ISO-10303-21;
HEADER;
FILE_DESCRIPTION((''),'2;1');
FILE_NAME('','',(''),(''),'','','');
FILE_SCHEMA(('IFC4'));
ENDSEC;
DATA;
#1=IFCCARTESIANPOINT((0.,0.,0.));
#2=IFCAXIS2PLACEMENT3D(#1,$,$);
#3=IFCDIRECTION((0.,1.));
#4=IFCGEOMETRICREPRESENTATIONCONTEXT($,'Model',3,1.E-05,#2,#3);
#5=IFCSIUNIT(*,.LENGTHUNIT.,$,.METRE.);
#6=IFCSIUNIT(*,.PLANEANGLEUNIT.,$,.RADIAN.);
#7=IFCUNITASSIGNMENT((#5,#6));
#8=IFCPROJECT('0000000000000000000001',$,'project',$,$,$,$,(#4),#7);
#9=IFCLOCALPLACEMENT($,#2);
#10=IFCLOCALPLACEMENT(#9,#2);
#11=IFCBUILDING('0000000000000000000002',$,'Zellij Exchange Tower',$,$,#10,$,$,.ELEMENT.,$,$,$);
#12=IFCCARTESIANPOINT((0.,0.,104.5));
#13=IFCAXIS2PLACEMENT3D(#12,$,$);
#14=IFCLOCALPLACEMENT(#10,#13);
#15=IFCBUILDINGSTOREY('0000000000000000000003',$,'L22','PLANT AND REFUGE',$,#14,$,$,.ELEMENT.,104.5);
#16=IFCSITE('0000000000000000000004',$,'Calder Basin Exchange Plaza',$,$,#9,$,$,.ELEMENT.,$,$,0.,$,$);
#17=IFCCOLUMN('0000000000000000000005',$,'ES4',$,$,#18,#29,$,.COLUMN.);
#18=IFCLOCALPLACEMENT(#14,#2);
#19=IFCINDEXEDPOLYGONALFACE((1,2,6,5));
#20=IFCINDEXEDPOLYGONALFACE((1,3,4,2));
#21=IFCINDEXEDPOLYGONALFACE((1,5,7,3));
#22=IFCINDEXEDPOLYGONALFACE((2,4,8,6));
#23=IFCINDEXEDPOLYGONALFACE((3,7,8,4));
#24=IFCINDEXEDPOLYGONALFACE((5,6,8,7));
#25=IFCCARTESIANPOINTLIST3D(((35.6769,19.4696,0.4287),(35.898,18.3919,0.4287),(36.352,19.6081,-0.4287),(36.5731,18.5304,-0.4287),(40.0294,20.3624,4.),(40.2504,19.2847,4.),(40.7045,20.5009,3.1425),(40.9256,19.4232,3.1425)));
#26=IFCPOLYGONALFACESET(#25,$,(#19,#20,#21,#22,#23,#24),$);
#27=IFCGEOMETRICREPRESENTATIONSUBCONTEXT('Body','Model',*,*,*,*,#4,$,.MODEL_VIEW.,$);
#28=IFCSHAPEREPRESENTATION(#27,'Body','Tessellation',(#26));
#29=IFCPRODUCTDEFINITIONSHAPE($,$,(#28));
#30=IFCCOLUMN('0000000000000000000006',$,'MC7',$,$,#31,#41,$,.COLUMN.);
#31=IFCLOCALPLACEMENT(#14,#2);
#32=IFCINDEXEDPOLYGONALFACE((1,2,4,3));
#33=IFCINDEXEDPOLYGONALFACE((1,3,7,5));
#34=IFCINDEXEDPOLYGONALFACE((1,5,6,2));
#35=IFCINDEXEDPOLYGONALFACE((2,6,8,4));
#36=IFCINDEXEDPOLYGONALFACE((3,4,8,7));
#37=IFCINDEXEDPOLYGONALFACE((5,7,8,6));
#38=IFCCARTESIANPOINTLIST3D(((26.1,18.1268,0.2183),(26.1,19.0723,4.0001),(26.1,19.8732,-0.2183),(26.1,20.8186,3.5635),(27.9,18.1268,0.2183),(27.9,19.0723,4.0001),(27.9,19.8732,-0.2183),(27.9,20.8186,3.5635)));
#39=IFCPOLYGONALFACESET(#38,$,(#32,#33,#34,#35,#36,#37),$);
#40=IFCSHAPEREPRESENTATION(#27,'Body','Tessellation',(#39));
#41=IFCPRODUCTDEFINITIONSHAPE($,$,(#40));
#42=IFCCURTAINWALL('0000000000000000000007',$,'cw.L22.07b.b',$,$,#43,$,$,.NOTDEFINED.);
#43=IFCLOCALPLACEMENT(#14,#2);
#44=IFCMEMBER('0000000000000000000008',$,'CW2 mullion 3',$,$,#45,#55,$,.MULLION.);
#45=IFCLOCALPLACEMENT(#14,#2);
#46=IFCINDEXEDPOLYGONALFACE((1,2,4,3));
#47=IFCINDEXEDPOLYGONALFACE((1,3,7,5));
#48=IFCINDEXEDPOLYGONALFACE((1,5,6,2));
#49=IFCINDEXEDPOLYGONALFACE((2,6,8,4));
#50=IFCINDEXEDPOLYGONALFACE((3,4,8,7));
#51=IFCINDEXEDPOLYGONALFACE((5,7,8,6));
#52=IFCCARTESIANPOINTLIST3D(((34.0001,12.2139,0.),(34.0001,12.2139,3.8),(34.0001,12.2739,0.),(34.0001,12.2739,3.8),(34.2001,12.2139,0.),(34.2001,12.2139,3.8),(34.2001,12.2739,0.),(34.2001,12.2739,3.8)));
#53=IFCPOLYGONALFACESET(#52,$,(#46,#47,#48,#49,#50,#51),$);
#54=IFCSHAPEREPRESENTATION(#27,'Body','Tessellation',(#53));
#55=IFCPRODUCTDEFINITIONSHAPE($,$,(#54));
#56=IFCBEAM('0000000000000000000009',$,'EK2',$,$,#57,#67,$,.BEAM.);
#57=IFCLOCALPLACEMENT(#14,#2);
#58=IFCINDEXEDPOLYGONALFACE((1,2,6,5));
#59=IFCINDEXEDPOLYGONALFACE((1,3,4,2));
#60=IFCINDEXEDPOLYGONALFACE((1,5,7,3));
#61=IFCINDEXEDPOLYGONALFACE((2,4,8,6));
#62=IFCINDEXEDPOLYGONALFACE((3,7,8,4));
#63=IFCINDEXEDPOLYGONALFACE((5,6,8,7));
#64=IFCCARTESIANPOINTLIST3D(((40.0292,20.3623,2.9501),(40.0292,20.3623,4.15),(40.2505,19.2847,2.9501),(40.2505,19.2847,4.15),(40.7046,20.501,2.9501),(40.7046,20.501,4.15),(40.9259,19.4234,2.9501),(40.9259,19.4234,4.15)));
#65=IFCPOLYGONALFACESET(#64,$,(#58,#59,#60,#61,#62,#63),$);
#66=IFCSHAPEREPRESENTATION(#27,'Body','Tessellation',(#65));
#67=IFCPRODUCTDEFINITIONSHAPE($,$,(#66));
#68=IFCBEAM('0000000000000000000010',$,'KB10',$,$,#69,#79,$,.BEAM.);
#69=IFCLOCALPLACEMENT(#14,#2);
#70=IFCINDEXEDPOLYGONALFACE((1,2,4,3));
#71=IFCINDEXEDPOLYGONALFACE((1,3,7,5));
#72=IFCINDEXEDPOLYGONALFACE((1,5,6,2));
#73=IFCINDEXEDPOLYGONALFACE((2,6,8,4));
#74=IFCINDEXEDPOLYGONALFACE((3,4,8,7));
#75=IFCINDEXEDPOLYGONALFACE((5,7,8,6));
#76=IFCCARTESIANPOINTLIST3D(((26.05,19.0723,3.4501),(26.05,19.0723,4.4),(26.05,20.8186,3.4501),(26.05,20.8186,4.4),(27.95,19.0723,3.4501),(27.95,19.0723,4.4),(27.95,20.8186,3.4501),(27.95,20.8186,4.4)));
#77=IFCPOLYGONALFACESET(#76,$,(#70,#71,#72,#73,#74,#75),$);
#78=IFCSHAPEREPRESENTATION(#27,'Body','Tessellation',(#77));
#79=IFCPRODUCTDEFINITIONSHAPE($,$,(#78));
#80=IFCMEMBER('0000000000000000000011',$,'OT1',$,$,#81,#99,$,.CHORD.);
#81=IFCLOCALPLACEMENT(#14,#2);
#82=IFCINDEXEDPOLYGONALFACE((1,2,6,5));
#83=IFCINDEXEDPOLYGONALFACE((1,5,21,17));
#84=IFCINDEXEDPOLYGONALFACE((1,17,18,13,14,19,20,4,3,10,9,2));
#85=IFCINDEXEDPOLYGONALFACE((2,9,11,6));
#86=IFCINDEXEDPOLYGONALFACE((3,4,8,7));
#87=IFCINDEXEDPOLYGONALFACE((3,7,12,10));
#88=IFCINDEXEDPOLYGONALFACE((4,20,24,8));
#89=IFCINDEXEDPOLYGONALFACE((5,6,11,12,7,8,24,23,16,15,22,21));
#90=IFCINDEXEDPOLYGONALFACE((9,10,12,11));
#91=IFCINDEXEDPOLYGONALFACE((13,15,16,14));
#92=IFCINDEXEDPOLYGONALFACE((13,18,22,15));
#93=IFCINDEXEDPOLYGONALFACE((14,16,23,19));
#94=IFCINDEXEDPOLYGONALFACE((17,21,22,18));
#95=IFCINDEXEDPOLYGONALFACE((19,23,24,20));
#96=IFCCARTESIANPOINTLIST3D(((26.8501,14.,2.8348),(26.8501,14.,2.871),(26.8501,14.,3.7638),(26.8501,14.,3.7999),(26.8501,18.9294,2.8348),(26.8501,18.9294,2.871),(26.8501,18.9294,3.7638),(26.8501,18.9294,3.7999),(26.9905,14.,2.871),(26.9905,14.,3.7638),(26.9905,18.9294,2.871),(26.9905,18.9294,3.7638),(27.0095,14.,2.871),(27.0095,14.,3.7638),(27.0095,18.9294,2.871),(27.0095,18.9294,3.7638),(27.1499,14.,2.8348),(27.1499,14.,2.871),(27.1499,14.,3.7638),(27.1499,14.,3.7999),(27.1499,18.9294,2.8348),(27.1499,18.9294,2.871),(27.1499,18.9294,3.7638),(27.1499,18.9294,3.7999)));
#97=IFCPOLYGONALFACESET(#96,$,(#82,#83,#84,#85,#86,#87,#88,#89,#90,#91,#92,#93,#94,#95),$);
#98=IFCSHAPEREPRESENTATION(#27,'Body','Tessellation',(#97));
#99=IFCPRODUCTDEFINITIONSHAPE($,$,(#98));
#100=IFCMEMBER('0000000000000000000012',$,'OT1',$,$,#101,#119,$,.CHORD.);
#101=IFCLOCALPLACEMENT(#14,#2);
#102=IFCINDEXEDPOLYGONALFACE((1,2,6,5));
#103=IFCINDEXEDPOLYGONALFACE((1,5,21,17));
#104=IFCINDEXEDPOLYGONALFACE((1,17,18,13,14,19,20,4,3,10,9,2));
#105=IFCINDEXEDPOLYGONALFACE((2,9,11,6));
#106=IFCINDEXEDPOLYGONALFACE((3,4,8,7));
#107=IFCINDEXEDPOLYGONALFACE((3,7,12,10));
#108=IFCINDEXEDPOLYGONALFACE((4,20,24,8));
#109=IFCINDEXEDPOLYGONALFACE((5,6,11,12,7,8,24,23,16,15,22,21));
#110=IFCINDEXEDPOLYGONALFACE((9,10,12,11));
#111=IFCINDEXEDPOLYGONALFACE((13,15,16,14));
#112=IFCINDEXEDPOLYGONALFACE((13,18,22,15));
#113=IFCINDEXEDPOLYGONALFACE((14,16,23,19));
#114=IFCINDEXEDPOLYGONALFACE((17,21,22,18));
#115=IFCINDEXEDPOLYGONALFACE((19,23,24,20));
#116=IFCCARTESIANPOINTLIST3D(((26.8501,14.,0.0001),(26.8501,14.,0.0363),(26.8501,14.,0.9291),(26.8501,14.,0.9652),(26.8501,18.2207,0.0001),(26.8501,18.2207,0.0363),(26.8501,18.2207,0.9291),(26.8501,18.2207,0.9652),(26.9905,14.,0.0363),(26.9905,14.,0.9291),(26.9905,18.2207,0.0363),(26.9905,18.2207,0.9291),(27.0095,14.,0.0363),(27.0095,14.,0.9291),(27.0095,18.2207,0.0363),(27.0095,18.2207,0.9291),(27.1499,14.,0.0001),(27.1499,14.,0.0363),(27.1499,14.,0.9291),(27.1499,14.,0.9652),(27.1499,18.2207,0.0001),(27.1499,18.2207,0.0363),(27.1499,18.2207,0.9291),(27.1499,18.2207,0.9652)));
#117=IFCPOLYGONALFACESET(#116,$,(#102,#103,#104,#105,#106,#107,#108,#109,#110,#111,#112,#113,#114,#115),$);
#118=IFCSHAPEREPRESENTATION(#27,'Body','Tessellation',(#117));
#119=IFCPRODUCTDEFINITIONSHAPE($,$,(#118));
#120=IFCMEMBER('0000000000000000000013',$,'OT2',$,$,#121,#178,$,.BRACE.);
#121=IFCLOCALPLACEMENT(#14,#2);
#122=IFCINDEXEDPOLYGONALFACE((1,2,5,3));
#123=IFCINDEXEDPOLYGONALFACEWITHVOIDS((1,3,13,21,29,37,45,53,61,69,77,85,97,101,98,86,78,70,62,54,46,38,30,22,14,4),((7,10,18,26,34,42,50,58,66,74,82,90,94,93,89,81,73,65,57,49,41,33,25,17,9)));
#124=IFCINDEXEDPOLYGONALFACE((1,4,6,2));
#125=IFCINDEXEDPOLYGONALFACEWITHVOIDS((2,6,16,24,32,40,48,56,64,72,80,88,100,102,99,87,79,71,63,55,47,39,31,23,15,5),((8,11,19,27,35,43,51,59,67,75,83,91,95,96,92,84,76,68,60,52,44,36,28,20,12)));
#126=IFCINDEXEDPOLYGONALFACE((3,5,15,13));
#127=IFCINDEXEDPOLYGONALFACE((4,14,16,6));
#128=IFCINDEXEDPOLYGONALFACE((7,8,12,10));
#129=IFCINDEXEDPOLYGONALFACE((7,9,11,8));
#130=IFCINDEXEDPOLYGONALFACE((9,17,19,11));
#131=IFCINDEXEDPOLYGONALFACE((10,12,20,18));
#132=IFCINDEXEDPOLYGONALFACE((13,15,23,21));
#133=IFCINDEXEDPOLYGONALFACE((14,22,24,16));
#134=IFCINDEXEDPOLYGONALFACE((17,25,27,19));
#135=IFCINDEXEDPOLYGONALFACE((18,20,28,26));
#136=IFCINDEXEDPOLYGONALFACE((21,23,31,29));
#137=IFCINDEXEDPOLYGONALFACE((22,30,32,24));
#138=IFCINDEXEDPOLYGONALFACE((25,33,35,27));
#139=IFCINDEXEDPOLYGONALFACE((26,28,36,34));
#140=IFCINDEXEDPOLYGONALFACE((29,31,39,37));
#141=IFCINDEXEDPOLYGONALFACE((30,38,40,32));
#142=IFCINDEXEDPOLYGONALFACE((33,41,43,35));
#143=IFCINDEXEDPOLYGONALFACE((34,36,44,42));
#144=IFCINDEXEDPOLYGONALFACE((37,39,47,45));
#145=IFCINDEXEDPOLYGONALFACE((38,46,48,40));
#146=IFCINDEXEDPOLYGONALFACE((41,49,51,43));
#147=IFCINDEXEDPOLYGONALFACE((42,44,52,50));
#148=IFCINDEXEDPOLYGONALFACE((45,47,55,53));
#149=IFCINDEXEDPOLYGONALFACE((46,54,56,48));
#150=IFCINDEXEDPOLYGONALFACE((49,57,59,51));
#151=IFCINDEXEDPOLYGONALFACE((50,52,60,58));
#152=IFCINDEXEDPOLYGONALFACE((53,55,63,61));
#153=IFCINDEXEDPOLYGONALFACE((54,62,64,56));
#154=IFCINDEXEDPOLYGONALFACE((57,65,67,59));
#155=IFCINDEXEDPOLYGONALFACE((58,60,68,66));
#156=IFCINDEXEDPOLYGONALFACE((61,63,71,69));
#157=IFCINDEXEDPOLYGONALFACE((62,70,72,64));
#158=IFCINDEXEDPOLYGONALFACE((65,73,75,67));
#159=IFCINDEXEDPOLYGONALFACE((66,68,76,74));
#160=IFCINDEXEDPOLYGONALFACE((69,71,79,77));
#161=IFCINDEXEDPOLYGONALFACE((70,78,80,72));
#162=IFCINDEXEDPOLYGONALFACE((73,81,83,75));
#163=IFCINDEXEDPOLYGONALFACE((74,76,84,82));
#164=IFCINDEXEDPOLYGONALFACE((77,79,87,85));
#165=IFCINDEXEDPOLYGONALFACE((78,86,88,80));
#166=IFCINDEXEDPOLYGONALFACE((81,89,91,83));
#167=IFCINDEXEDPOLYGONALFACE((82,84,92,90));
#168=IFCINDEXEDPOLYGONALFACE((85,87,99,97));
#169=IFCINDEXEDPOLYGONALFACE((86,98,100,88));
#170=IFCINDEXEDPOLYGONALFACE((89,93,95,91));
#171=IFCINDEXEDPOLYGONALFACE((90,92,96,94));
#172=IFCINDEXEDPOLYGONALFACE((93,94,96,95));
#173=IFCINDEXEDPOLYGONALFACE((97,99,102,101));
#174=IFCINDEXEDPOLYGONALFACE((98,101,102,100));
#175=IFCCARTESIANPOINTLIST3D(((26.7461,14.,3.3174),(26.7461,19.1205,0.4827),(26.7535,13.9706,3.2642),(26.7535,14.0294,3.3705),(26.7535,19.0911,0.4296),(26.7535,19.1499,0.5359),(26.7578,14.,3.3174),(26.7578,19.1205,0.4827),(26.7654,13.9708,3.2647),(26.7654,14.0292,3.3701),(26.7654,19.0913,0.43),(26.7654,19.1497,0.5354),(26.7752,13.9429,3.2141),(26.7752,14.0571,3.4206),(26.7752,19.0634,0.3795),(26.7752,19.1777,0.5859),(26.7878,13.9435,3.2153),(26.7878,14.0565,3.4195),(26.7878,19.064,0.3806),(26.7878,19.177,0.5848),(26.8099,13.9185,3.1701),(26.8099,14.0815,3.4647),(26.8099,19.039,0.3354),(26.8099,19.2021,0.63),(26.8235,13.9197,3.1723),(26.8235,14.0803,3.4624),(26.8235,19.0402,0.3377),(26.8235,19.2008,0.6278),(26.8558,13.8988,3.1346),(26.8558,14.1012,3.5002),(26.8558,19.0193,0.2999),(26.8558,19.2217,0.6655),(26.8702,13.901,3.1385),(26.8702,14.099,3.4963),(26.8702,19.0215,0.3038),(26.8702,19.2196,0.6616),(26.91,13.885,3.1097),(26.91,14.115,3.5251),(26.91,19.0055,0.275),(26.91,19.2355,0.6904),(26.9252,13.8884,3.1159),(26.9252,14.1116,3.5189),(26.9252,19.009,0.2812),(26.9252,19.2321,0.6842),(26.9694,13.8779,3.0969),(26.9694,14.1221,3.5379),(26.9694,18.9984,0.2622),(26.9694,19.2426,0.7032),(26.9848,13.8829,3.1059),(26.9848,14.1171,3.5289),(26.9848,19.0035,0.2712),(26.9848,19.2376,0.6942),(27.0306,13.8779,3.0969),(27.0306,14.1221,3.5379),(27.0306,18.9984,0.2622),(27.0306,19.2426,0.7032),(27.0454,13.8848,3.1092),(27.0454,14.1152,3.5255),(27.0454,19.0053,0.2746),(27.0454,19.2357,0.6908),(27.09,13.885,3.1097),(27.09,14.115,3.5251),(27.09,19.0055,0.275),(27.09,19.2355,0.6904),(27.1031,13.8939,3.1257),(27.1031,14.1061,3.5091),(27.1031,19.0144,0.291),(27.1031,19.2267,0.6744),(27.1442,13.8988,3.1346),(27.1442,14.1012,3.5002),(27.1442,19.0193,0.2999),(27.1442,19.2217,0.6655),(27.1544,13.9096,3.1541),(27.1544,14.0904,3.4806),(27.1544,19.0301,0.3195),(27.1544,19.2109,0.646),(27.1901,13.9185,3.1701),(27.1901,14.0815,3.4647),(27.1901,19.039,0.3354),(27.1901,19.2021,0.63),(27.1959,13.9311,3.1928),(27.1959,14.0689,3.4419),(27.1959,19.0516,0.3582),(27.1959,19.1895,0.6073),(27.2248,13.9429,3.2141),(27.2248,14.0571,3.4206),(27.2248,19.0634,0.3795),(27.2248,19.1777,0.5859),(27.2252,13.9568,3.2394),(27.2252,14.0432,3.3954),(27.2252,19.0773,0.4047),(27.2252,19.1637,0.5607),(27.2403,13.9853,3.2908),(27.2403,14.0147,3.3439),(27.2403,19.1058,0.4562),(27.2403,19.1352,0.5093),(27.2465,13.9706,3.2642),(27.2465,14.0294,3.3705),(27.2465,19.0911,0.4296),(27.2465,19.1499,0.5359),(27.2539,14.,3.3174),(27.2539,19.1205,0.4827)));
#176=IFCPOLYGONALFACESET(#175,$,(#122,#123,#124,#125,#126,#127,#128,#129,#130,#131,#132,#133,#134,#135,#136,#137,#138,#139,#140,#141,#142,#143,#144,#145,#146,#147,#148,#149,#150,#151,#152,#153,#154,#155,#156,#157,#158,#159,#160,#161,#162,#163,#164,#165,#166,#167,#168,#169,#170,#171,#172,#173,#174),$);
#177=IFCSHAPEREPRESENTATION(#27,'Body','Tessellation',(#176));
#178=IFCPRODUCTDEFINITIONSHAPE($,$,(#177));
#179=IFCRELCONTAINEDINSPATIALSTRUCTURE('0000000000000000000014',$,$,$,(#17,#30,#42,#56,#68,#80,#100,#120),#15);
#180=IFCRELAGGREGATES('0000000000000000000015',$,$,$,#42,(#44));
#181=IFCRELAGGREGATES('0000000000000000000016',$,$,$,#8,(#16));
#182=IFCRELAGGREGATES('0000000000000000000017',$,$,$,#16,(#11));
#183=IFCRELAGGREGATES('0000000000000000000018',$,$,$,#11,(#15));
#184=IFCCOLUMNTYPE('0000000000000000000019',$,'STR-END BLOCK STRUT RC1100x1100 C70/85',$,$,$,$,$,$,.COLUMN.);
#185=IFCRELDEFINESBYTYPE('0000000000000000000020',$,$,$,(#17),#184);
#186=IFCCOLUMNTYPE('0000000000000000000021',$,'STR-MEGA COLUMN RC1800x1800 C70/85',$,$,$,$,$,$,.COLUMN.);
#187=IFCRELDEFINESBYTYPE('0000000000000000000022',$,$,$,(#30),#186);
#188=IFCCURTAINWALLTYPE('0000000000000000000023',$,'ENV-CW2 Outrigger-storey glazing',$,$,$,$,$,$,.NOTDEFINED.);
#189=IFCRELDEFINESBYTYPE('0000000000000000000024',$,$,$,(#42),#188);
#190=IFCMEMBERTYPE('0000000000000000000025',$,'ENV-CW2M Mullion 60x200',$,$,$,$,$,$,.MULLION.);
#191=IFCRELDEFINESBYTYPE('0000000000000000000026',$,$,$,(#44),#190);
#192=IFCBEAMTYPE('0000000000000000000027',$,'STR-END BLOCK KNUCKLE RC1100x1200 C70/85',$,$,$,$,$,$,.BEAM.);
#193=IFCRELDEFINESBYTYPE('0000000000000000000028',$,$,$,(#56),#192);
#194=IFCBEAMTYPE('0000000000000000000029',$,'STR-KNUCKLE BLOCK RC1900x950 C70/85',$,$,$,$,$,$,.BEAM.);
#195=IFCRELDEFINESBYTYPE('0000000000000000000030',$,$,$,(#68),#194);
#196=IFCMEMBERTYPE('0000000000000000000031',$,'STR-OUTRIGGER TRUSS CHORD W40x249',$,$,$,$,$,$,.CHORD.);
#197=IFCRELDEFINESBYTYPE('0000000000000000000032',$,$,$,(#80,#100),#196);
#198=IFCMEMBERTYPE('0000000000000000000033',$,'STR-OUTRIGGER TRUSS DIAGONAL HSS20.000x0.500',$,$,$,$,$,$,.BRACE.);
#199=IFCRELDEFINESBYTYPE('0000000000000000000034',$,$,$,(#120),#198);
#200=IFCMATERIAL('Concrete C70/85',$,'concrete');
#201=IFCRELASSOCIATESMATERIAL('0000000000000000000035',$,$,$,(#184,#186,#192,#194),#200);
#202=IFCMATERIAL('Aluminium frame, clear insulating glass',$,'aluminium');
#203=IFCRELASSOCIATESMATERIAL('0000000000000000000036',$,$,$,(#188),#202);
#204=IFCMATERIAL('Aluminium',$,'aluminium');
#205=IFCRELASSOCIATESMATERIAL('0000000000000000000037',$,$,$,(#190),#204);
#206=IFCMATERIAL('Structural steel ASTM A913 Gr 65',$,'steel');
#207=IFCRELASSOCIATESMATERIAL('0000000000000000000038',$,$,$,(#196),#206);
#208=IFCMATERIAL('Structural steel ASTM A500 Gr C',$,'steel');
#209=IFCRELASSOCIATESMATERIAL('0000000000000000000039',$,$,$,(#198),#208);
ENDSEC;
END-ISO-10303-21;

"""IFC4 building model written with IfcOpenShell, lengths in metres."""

from ifc_helpers import new_model, si_unit, direction, frame, origin, origin_2d, place, context, subcontext, project, spatial, rectangle, hollow_circle, i_section, extrude, clip, halfspace, material, material_profile, profile_set, type_object, element, aggregate, save


model = new_model("IFC4")

# Units and contexts
model_context = context("Model", 3, precision=1e-05, world=origin(), true_north=direction((0.0, 1.0)))
body_context = subcontext(model_context, "Body", "Model", "MODEL_VIEW")
ifc_project = project(units=[si_unit("LENGTHUNIT", "METRE"), si_unit("PLANEANGLEUNIT", "RADIAN")], contexts=[model_context])

# Site, building, storey
site_placement = place(None, origin())
site = spatial("IfcSite", under=ifc_project, at=site_placement, Name="Calder Basin Exchange Plaza", CompositionType="ELEMENT", RefElevation=0.0)
building_placement = place(site_placement, origin())
building = spatial("IfcBuilding", under=site, at=building_placement, Name="Zellij Exchange Tower", CompositionType="ELEMENT")
storey_placement = place(building_placement, frame((0.0, 0.0, 104.5)))
storey = spatial("IfcBuildingStorey", under=building, at=storey_placement, Name="L22", Description="PLANT AND REFUGE", CompositionType="ELEMENT", Elevation=104.5)

# Columns
ifc_material_1 = material(Name="Concrete C70/85", Category="concrete")
ifc_material_profile_1 = material_profile(ifc_material_1, rectangle(XDim=1.1001, YDim=1.1001, at=origin_2d()), Name="STR-END BLOCK STRUT RC1100x1100 C70/85")
ifc_profile_set_1 = profile_set([ifc_material_profile_1], Name="Concrete C70/85")
column_type_1 = type_object("IfcColumnType", Name="STR-END BLOCK STRUT RC1100x1100 C70/85", PredefinedType="COLUMN", material=ifc_profile_set_1)
column_1_placement = place(storey_placement, frame((36.125, 19.0, 0.0), z_axis=(0.763533, 0.156622, 0.626488), x_axis=(-0.200944, 0.979603, 0.0)))
element("IfcColumn", 1, at=column_1_placement, inside=storey, type_object=column_type_1, Name="ES4", PredefinedType="COLUMN", context=body_context, shape_type="Clipping", body=[
    clip(extrude(rectangle(XDim=1.1001, YDim=1.1001, at=origin_2d()), origin(), (0.0, 0.0, 1.0), 6.3848), halfspace(frame((0.0, 0.0, 5.7004)), False)),
])
ifc_material_profile_2 = material_profile(ifc_material_1, rectangle(XDim=1.8, YDim=1.8, at=origin_2d()), Name="STR-MEGA COLUMN RC1800x1800 C70/85")
ifc_profile_set_2 = profile_set([ifc_material_profile_2], Name="Concrete C70/85")
column_type_2 = type_object("IfcColumnType", Name="STR-MEGA COLUMN RC1800x1800 C70/85", PredefinedType="COLUMN", material=ifc_profile_set_2)
column_2_placement = place(storey_placement, frame((27.0, 19.0, 0.0), z_axis=(0.0, 0.242536, 0.970143), x_axis=(-1.0, 0.0, 0.0)))
element("IfcColumn", 2, at=column_2_placement, inside=storey, type_object=column_type_2, Name="MC7", PredefinedType="COLUMN", context=body_context, shape_type="Clipping", body=[
    clip(extrude(rectangle(XDim=1.8, YDim=1.8, at=origin_2d()), origin(), (0.0, 0.0, 1.0), 4.123), halfspace(frame((0.0, 0.0, 3.8982)), False)),
])

# Curtain wall, member
ifc_material_2 = material(Name="Aluminium frame, clear insulating glass", Category="aluminium")
curtain_wall_type = type_object("IfcCurtainWallType", Name="ENV-CW2 Outrigger-storey glazing", PredefinedType="NOTDEFINED", material=ifc_material_2)
curtain_wall_placement = place(storey_placement, origin())
curtain_wall = element("IfcCurtainWall", 3, at=curtain_wall_placement, inside=storey, type_object=curtain_wall_type, Name="cw.L22.07b.b", PredefinedType="NOTDEFINED")
ifc_material_3 = material(Name="Aluminium", Category="aluminium")
ifc_material_profile_3 = material_profile(ifc_material_3, rectangle(XDim=0.0601, YDim=0.2, at=origin_2d()), Name="AL 60x200")
ifc_profile_set_3 = profile_set([ifc_material_profile_3], Name="Aluminium")
member_type_1 = type_object("IfcMemberType", Name="ENV-CW2M Mullion 60x200", PredefinedType="MULLION", material=ifc_profile_set_3)
member_1_placement = place(storey_placement, frame((34.1001, 12.2439, 0.0), z_axis=(0.0, 0.0, 1.0), x_axis=(0.0, 1.0, 0.0)))
member_1 = element("IfcMember", 4, at=member_1_placement, type_object=member_type_1, Name="CW2 mullion 3", PredefinedType="MULLION", context=body_context, shape_type="SweptSolid", body=[
    extrude(rectangle(XDim=0.0601, YDim=0.2, at=origin_2d()), origin(), (0.0, 0.0, 1.0), 3.8),
])

# Beams
ifc_material_profile_4 = material_profile(ifc_material_1, rectangle(XDim=1.1001, YDim=1.2, at=origin_2d()), Name="STR-END BLOCK KNUCKLE RC1100x1200 C70/85")
ifc_profile_set_4 = profile_set([ifc_material_profile_4], Name="Concrete C70/85")
beam_type_1 = type_object("IfcBeamType", Name="STR-END BLOCK KNUCKLE RC1100x1200 C70/85", PredefinedType="BEAM", material=ifc_profile_set_4)
beam_1_placement = place(storey_placement, frame((40.1399, 19.8235, 3.55), z_axis=(0.97956, 0.201153, 0.0), x_axis=(-0.201153, 0.97956, 0.0)))
element("IfcBeam", 5, at=beam_1_placement, inside=storey, type_object=beam_type_1, Name="EK2", PredefinedType="BEAM", context=body_context, shape_type="SweptSolid", body=[
    extrude(rectangle(XDim=1.1001, YDim=1.2, at=origin_2d()), origin(), (0.0, 0.0, 1.0), 0.6895),
])
ifc_material_profile_5 = material_profile(ifc_material_1, rectangle(XDim=1.8999, YDim=0.95, at=origin_2d()), Name="STR-KNUCKLE BLOCK RC1900x950 C70/85")
ifc_profile_set_5 = profile_set([ifc_material_profile_5], Name="Concrete C70/85")
beam_type_2 = type_object("IfcBeamType", Name="STR-KNUCKLE BLOCK RC1900x950 C70/85", PredefinedType="BEAM", material=ifc_profile_set_5)
beam_2_placement = place(storey_placement, frame((27.0, 19.0723, 3.925), z_axis=(0.0, 1.0, 0.0), x_axis=(-1.0, 0.0, 0.0)))
element("IfcBeam", 6, at=beam_2_placement, inside=storey, type_object=beam_type_2, Name="KB10", PredefinedType="BEAM", context=body_context, shape_type="SweptSolid", body=[
    extrude(rectangle(XDim=1.8999, YDim=0.95, at=origin_2d()), origin(), (0.0, 0.0, 1.0), 1.7463),
])

# Members
ifc_material_4 = material(Name="Structural steel ASTM A913 Gr 65", Category="steel")
ifc_material_profile_6 = material_profile(ifc_material_4, i_section(OverallWidth=0.2998, OverallDepth=0.9651, WebThickness=0.019, FlangeThickness=0.0361, at=origin_2d()), Name="W40x249")
ifc_profile_set_6 = profile_set([ifc_material_profile_6], Name="Structural steel ASTM A913 Gr 65")
member_type_2 = type_object("IfcMemberType", Name="STR-OUTRIGGER TRUSS CHORD W40x249", PredefinedType="CHORD", material=ifc_profile_set_6)
member_2_placement = place(storey_placement, frame((27.0, 14.0, 3.3174), z_axis=(0.0, 1.0, 0.0), x_axis=(-1.0, 0.0, 0.0)))
element("IfcMember", 7, at=member_2_placement, inside=storey, type_object=member_type_2, Name="OT1", PredefinedType="CHORD", context=body_context, shape_type="SweptSolid", body=[
    extrude(i_section(OverallWidth=0.2998, OverallDepth=0.9651, WebThickness=0.019, FlangeThickness=0.0361, at=origin_2d()), origin(), (0.0, 0.0, 1.0), 4.9294),
])
member_3_placement = place(storey_placement, frame((27.0, 14.0, 0.4827), z_axis=(0.0, 1.0, 0.0), x_axis=(-1.0, 0.0, 0.0)))
element("IfcMember", 8, at=member_3_placement, inside=storey, type_object=member_type_2, Name="OT1", PredefinedType="CHORD", context=body_context, shape_type="SweptSolid", body=[
    extrude(i_section(OverallWidth=0.2998, OverallDepth=0.9651, WebThickness=0.019, FlangeThickness=0.0361, at=origin_2d()), origin(), (0.0, 0.0, 1.0), 4.2207),
])
ifc_material_5 = material(Name="Structural steel ASTM A500 Gr C", Category="steel")
ifc_material_profile_7 = material_profile(ifc_material_5, hollow_circle(Radius=0.2539, WallThickness=0.0117, at=origin_2d()), Name="STR-OUTRIGGER TRUSS DIAGONAL HSS20.000x0.500")
ifc_profile_set_7 = profile_set([ifc_material_profile_7], Name="Structural steel ASTM A500 Gr C")
member_type_3 = type_object("IfcMemberType", Name="STR-OUTRIGGER TRUSS DIAGONAL HSS20.000x0.500", PredefinedType="BRACE", material=ifc_profile_set_7)
member_4_placement = place(storey_placement, frame((27.0, 14.0, 3.3174), z_axis=(0.0, 0.874886, -0.484328), x_axis=(-1.0, 0.0, 0.0)))
element("IfcMember", 9, at=member_4_placement, inside=storey, type_object=member_type_3, Name="OT2", PredefinedType="BRACE", context=body_context, shape_type="SweptSolid", body=[
    extrude(hollow_circle(Radius=0.2539, WallThickness=0.0117, at=origin_2d()), origin(), (0.0, 0.0, 1.0), 5.8528),
])

aggregate(curtain_wall, [member_1])

save(model, "model.ifc")
